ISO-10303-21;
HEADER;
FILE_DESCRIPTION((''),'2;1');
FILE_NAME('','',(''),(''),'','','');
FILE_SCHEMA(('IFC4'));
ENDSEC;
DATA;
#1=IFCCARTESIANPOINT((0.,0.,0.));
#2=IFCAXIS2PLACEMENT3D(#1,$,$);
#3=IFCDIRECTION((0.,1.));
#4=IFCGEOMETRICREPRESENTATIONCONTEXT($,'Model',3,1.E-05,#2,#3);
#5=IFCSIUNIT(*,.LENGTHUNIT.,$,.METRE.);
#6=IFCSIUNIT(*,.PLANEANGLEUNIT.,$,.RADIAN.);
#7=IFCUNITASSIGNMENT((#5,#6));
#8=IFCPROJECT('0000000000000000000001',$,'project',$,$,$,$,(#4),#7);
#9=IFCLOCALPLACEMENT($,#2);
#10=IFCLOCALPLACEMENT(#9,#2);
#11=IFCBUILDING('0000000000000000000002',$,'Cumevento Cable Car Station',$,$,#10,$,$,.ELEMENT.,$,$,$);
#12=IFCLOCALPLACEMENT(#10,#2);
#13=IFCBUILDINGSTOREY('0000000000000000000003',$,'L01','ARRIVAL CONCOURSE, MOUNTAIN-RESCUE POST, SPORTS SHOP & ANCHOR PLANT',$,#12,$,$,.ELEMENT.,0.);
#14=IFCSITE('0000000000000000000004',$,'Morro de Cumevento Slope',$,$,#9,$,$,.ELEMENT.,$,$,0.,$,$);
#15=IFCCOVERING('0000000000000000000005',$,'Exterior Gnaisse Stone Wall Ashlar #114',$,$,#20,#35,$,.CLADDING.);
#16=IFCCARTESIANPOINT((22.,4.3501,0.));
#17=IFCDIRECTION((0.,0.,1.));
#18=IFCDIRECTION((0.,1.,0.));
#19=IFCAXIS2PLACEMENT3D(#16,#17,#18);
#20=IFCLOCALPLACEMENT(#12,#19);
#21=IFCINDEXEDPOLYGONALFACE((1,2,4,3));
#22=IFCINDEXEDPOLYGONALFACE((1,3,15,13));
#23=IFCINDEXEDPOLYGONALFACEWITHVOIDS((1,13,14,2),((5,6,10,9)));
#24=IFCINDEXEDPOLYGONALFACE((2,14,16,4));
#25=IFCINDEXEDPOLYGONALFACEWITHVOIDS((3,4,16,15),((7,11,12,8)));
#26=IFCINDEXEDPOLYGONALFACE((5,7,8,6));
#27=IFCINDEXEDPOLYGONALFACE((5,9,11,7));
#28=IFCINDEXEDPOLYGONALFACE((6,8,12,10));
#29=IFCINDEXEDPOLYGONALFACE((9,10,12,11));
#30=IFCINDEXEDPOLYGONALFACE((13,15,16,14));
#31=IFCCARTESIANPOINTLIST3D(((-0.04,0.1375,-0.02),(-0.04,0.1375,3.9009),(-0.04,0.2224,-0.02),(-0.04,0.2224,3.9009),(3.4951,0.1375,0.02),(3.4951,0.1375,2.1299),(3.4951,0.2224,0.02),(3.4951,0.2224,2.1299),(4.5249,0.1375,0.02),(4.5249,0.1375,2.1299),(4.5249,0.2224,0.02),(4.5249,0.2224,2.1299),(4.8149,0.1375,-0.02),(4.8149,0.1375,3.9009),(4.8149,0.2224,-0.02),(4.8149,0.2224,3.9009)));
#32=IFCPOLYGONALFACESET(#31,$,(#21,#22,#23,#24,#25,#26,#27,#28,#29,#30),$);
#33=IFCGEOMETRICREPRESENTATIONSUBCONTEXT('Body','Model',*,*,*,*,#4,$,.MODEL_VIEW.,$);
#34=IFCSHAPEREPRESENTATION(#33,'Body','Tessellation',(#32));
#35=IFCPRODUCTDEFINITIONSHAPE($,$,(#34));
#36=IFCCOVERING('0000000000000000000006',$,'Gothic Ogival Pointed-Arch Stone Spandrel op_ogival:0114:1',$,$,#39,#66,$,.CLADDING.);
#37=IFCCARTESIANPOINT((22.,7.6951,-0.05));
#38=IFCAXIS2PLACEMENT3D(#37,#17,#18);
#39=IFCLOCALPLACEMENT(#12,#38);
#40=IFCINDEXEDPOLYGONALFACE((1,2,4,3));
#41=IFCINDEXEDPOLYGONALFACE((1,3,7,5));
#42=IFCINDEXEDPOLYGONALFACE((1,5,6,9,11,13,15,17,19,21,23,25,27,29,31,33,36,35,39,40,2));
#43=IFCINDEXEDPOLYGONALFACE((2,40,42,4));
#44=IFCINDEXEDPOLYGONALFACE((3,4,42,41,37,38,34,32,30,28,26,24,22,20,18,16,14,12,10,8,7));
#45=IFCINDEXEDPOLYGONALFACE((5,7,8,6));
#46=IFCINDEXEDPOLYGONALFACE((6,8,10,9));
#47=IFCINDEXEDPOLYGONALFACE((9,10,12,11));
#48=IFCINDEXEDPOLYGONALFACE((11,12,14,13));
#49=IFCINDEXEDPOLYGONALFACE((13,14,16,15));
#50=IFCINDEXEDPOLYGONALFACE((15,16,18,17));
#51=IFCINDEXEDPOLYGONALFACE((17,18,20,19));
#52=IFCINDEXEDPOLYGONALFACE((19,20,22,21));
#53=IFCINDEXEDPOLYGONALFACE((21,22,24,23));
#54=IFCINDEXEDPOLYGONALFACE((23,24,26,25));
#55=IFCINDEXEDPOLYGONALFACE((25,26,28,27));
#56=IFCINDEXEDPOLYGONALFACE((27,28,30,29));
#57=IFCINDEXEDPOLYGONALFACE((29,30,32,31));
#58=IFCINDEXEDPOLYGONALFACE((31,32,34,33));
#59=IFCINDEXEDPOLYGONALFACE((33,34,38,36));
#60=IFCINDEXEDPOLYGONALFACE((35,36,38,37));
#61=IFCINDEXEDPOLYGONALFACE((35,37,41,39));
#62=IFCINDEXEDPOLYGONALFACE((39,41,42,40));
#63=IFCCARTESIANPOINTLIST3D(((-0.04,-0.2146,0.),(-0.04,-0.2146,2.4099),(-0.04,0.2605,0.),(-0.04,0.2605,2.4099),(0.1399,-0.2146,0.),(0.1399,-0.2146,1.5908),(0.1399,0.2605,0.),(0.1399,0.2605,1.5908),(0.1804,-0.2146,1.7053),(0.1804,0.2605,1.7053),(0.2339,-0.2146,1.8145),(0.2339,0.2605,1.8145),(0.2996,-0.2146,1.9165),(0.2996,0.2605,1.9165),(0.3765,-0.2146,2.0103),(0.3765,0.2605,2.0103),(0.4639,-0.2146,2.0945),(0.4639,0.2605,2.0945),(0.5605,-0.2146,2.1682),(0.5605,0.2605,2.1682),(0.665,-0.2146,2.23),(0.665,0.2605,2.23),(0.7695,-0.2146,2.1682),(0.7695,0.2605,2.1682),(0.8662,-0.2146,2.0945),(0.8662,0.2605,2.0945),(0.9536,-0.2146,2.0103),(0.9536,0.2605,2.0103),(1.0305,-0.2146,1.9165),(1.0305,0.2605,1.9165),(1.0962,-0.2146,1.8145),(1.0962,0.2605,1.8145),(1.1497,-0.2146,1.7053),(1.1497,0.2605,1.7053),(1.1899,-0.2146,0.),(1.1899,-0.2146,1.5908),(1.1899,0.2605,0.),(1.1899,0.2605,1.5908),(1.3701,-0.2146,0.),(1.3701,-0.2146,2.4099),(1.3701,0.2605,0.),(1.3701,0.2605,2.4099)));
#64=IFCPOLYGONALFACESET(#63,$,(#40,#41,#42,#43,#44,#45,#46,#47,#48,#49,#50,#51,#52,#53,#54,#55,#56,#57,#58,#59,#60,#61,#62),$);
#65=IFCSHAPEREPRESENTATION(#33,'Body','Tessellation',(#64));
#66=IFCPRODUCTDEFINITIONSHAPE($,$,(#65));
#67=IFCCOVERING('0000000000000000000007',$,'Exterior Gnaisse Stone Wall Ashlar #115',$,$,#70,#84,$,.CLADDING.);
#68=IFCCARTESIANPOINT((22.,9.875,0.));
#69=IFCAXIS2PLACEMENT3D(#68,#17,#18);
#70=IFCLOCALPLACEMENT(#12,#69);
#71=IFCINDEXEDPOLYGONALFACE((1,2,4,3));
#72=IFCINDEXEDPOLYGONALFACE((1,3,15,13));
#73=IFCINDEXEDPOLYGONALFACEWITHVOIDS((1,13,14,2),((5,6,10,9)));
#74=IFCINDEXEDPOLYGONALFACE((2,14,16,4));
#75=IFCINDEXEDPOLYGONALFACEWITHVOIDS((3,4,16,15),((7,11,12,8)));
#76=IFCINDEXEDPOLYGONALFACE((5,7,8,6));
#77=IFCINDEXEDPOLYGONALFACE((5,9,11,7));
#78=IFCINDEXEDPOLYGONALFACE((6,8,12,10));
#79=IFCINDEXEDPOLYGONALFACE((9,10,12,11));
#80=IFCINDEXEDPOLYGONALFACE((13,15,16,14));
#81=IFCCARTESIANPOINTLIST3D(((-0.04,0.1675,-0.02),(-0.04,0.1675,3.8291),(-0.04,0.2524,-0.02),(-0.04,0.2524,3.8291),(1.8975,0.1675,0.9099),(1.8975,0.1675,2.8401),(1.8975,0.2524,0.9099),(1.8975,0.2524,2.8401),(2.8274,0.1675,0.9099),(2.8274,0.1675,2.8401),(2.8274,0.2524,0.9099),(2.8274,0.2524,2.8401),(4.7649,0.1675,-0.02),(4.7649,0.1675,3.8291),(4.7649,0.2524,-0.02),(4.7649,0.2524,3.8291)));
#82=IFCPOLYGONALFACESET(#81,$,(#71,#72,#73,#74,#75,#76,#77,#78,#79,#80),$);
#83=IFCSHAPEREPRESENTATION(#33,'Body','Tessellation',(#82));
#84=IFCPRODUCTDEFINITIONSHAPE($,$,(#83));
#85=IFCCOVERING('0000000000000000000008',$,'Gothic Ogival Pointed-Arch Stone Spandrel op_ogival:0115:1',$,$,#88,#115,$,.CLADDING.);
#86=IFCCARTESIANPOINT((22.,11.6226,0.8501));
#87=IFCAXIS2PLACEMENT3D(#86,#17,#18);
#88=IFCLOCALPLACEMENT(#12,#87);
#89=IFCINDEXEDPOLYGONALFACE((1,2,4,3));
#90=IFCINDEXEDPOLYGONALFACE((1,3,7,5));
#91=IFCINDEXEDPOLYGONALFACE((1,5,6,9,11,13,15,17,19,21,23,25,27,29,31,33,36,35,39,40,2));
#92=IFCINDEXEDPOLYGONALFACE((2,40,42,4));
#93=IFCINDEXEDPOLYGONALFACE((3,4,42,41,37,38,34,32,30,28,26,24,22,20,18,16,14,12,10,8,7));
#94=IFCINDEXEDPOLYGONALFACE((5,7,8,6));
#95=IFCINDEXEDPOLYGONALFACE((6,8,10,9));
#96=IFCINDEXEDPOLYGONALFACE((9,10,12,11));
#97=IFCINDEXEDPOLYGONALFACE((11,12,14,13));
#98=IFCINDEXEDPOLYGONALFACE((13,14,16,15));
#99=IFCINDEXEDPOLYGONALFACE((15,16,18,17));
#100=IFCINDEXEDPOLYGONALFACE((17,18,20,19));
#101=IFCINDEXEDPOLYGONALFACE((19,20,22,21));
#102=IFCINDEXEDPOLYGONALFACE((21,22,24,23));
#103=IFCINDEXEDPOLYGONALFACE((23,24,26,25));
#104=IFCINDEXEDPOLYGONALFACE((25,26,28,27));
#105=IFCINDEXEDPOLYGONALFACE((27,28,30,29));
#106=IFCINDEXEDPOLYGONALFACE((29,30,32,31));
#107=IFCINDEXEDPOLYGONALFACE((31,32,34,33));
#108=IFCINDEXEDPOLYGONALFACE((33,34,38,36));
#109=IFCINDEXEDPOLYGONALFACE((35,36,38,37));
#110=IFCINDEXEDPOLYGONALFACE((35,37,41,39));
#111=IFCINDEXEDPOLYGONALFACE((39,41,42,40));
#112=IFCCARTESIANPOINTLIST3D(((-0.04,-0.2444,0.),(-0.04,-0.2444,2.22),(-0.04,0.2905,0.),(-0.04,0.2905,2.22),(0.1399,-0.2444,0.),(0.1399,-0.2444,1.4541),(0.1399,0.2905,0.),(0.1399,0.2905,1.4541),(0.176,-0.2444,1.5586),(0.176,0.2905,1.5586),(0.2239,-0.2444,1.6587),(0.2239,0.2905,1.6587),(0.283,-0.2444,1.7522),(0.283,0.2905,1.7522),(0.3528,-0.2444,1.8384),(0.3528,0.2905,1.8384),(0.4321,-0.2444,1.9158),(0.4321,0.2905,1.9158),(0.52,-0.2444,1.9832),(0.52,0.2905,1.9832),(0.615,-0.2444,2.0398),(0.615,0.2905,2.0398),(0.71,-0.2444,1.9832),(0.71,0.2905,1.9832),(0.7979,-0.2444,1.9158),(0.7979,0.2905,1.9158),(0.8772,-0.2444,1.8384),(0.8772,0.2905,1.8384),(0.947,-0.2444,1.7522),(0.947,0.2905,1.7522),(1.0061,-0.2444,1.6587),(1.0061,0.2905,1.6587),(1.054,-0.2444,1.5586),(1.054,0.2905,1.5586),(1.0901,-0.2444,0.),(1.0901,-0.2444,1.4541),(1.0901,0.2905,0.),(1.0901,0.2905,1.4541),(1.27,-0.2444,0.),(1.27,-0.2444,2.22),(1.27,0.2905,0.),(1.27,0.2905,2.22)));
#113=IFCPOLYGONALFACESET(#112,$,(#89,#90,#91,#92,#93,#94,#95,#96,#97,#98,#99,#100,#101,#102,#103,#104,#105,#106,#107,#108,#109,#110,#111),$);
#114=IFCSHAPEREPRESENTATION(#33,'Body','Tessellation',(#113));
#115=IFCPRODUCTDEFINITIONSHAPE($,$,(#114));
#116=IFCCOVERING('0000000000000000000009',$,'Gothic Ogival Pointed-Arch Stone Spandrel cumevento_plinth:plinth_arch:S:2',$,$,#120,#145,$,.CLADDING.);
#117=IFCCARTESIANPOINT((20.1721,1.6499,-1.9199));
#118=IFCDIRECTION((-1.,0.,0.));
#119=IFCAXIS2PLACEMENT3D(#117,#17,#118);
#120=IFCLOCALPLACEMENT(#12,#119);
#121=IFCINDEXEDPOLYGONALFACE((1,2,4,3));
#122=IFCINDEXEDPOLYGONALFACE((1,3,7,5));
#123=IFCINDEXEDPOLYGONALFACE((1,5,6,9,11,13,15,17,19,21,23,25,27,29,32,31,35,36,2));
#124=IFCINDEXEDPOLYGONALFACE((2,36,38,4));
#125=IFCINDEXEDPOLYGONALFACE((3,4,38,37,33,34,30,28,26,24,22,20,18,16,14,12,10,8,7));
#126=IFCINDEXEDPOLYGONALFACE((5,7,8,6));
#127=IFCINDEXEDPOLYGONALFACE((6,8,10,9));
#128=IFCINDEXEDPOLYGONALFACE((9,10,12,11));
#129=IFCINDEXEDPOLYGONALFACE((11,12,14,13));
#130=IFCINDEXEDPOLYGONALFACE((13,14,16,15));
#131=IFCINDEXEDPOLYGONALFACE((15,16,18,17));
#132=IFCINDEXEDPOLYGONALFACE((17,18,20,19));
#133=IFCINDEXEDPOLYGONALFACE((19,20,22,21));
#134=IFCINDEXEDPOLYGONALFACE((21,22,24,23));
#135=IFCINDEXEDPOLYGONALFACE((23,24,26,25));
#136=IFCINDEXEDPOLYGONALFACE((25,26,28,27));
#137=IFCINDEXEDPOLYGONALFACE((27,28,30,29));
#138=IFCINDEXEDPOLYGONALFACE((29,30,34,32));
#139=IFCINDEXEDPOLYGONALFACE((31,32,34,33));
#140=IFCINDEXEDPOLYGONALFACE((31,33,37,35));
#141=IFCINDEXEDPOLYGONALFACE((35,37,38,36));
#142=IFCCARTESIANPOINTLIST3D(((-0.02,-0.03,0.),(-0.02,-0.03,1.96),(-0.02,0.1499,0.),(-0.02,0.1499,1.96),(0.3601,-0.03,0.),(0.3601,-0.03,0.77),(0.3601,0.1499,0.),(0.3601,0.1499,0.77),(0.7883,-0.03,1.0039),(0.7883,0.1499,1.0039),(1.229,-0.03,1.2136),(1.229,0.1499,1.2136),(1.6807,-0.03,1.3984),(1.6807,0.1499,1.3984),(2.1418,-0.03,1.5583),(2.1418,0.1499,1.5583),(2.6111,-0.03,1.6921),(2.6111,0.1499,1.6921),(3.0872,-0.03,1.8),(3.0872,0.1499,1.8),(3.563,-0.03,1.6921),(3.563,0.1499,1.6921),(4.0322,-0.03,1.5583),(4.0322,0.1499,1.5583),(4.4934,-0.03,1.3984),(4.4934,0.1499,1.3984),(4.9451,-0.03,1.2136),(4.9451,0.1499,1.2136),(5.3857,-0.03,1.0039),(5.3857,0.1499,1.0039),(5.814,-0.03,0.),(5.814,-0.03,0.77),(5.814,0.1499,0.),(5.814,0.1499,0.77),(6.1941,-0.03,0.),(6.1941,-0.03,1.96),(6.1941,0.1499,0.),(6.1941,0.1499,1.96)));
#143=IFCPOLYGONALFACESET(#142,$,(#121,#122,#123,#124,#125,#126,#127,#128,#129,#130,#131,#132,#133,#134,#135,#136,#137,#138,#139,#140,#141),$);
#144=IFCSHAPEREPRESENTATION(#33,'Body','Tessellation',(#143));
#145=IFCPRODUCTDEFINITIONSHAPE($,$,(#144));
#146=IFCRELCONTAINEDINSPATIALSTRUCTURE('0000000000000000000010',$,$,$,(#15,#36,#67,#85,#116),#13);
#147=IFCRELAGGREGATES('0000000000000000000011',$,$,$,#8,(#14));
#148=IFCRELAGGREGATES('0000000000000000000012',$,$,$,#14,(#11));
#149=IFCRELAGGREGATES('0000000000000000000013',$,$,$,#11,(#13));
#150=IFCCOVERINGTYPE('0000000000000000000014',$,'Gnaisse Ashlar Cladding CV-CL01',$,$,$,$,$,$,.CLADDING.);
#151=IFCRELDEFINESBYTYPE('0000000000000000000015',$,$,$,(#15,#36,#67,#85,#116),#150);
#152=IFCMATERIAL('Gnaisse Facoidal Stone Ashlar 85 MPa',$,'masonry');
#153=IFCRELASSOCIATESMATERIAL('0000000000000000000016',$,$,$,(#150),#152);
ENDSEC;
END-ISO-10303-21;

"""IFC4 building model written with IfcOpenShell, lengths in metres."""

from ifc_helpers import new_model, si_unit, direction, frame, origin, place, context, subcontext, project, spatial, polyline, outline, extrude, material, type_object, element, save


model = new_model("IFC4")

# Units and contexts
model_context = context("Model", 3, precision=1e-05, world=origin(), true_north=direction((0.0, 1.0)))
body_context = subcontext(model_context, "Body", "Model", "MODEL_VIEW")
ifc_project = project(units=[si_unit("LENGTHUNIT", "METRE"), si_unit("PLANEANGLEUNIT", "RADIAN")], contexts=[model_context])

# Site, building, storey
site_placement = place(None, origin())
site = spatial("IfcSite", under=ifc_project, at=site_placement, Name="Morro de Cumevento Slope", CompositionType="ELEMENT", RefElevation=0.0)
building_placement = place(site_placement, origin())
building = spatial("IfcBuilding", under=site, at=building_placement, Name="Cumevento Cable Car Station", CompositionType="ELEMENT")
storey_placement = place(building_placement, origin())
storey = spatial("IfcBuildingStorey", under=building, at=storey_placement, Name="L01", Description="ARRIVAL CONCOURSE, MOUNTAIN-RESCUE POST, SPORTS SHOP & ANCHOR PLANT", CompositionType="ELEMENT", Elevation=0.0)

# Coverings
ifc_material_1 = material(Name="Gnaisse Facoidal Stone Ashlar 85 MPa", Category="masonry")
covering_type = type_object("IfcCoveringType", Name="Gnaisse Ashlar Cladding CV-CL01", PredefinedType="CLADDING", material=ifc_material_1)
covering_1_placement = place(storey_placement, frame((22.0, 4.3501, 0.0), z_axis=(0.0, 0.0, 1.0), x_axis=(0.0, 1.0, 0.0)))
element("IfcCovering", 1, at=covering_1_placement, inside=storey, type_object=covering_type, Name="Exterior Gnaisse Stone Wall Ashlar #114", PredefinedType="CLADDING", context=body_context, shape_type="SweptSolid", body=[
    extrude(outline(polyline([(-0.04, -0.02), (4.8149, -0.02), (4.8149, 3.9009), (-0.04, 3.9009), (-0.04, -0.02)]), holes=[polyline([(3.4951, 0.02), (4.5249, 0.02), (4.5249, 2.1299), (3.4951, 2.1299), (3.4951, 0.02)])]), frame((0.0, 0.2224, 0.0), z_axis=(0.0, -1.0, 0.0), x_axis=(1.0, 0.0, 0.0)), (0.0, 0.0, 1.0), 0.085),
])
covering_2_placement = place(storey_placement, frame((22.0, 7.6951, -0.05), z_axis=(0.0, 0.0, 1.0), x_axis=(0.0, 1.0, 0.0)))
element("IfcCovering", 2, at=covering_2_placement, inside=storey, type_object=covering_type, Name="Gothic Ogival Pointed-Arch Stone Spandrel op_ogival:0114:1", PredefinedType="CLADDING", context=body_context, shape_type="SweptSolid", body=[
    extrude(outline(polyline([(-0.04, 0.0), (-0.04, 2.4099), (1.3701, 2.4099), (1.3701, 0.0), (1.1899, 0.0), (1.1899, 1.5908), (1.1497, 1.7053), (1.0962, 1.8145), (1.0305, 1.9165), (0.9536, 2.0103), (0.8662, 2.0945), (0.7695, 2.1682), (0.665, 2.23), (0.5605, 2.1682), (0.4639, 2.0945), (0.3765, 2.0103), (0.2996, 1.9165), (0.2339, 1.8145), (0.1804, 1.7053), (0.1399, 1.5908), (0.1399, 0.0), (-0.04, 0.0)])), frame((0.0, 0.2605, 0.0), z_axis=(0.0, -1.0, 0.0), x_axis=(1.0, 0.0, 0.0)), (0.0, 0.0, 1.0), 0.4751),
])
covering_3_placement = place(storey_placement, frame((22.0, 9.875, 0.0), z_axis=(0.0, 0.0, 1.0), x_axis=(0.0, 1.0, 0.0)))
element("IfcCovering", 3, at=covering_3_placement, inside=storey, type_object=covering_type, Name="Exterior Gnaisse Stone Wall Ashlar #115", PredefinedType="CLADDING", context=body_context, shape_type="SweptSolid", body=[
    extrude(outline(polyline([(-0.04, -0.02), (4.7649, -0.02), (4.7649, 3.8291), (-0.04, 3.8291), (-0.04, -0.02)]), holes=[polyline([(1.8975, 0.9099), (2.8274, 0.9099), (2.8274, 2.8401), (1.8975, 2.8401), (1.8975, 0.9099)])]), frame((0.0, 0.2524, 0.0), z_axis=(0.0, -1.0, 0.0), x_axis=(1.0, 0.0, 0.0)), (0.0, 0.0, 1.0), 0.085),
])
covering_4_placement = place(storey_placement, frame((22.0, 11.6226, 0.8501), z_axis=(0.0, 0.0, 1.0), x_axis=(0.0, 1.0, 0.0)))
element("IfcCovering", 4, at=covering_4_placement, inside=storey, type_object=covering_type, Name="Gothic Ogival Pointed-Arch Stone Spandrel op_ogival:0115:1", PredefinedType="CLADDING", context=body_context, shape_type="SweptSolid", body=[
    extrude(outline(polyline([(-0.04, 0.0), (-0.04, 2.22), (1.27, 2.22), (1.27, 0.0), (1.0901, 0.0), (1.0901, 1.4541), (1.054, 1.5586), (1.0061, 1.6587), (0.947, 1.7522), (0.8772, 1.8384), (0.7979, 1.9158), (0.71, 1.9832), (0.615, 2.0398), (0.52, 1.9832), (0.4321, 1.9158), (0.3528, 1.8384), (0.283, 1.7522), (0.2239, 1.6587), (0.176, 1.5586), (0.1399, 1.4541), (0.1399, 0.0), (-0.04, 0.0)])), frame((0.0, 0.2905, 0.0), z_axis=(0.0, -1.0, 0.0), x_axis=(1.0, 0.0, 0.0)), (0.0, 0.0, 1.0), 0.5349),
])
covering_5_placement = place(storey_placement, frame((20.1721, 1.6499, -1.9199), z_axis=(0.0, 0.0, 1.0), x_axis=(-1.0, 0.0, 0.0)))
element("IfcCovering", 5, at=covering_5_placement, inside=storey, type_object=covering_type, Name="Gothic Ogival Pointed-Arch Stone Spandrel cumevento_plinth:plinth_arch:S:2", PredefinedType="CLADDING", context=body_context, shape_type="SweptSolid", body=[
    extrude(outline(polyline([(-0.02, 0.0), (-0.02, 1.96), (6.1941, 1.96), (6.1941, 0.0), (5.814, 0.0), (5.814, 0.77), (5.3857, 1.0039), (4.9451, 1.2136), (4.4934, 1.3984), (4.0322, 1.5583), (3.563, 1.6921), (3.0872, 1.8), (2.6111, 1.6921), (2.1418, 1.5583), (1.6807, 1.3984), (1.229, 1.2136), (0.7883, 1.0039), (0.3601, 0.77), (0.3601, 0.0), (-0.02, 0.0)])), frame((0.0, 0.1499, 0.0), z_axis=(0.0, -1.0, 0.0), x_axis=(1.0, 0.0, 0.0)), (0.0, 0.0, 1.0), 0.1799),
])

save(model, "model.ifc")
